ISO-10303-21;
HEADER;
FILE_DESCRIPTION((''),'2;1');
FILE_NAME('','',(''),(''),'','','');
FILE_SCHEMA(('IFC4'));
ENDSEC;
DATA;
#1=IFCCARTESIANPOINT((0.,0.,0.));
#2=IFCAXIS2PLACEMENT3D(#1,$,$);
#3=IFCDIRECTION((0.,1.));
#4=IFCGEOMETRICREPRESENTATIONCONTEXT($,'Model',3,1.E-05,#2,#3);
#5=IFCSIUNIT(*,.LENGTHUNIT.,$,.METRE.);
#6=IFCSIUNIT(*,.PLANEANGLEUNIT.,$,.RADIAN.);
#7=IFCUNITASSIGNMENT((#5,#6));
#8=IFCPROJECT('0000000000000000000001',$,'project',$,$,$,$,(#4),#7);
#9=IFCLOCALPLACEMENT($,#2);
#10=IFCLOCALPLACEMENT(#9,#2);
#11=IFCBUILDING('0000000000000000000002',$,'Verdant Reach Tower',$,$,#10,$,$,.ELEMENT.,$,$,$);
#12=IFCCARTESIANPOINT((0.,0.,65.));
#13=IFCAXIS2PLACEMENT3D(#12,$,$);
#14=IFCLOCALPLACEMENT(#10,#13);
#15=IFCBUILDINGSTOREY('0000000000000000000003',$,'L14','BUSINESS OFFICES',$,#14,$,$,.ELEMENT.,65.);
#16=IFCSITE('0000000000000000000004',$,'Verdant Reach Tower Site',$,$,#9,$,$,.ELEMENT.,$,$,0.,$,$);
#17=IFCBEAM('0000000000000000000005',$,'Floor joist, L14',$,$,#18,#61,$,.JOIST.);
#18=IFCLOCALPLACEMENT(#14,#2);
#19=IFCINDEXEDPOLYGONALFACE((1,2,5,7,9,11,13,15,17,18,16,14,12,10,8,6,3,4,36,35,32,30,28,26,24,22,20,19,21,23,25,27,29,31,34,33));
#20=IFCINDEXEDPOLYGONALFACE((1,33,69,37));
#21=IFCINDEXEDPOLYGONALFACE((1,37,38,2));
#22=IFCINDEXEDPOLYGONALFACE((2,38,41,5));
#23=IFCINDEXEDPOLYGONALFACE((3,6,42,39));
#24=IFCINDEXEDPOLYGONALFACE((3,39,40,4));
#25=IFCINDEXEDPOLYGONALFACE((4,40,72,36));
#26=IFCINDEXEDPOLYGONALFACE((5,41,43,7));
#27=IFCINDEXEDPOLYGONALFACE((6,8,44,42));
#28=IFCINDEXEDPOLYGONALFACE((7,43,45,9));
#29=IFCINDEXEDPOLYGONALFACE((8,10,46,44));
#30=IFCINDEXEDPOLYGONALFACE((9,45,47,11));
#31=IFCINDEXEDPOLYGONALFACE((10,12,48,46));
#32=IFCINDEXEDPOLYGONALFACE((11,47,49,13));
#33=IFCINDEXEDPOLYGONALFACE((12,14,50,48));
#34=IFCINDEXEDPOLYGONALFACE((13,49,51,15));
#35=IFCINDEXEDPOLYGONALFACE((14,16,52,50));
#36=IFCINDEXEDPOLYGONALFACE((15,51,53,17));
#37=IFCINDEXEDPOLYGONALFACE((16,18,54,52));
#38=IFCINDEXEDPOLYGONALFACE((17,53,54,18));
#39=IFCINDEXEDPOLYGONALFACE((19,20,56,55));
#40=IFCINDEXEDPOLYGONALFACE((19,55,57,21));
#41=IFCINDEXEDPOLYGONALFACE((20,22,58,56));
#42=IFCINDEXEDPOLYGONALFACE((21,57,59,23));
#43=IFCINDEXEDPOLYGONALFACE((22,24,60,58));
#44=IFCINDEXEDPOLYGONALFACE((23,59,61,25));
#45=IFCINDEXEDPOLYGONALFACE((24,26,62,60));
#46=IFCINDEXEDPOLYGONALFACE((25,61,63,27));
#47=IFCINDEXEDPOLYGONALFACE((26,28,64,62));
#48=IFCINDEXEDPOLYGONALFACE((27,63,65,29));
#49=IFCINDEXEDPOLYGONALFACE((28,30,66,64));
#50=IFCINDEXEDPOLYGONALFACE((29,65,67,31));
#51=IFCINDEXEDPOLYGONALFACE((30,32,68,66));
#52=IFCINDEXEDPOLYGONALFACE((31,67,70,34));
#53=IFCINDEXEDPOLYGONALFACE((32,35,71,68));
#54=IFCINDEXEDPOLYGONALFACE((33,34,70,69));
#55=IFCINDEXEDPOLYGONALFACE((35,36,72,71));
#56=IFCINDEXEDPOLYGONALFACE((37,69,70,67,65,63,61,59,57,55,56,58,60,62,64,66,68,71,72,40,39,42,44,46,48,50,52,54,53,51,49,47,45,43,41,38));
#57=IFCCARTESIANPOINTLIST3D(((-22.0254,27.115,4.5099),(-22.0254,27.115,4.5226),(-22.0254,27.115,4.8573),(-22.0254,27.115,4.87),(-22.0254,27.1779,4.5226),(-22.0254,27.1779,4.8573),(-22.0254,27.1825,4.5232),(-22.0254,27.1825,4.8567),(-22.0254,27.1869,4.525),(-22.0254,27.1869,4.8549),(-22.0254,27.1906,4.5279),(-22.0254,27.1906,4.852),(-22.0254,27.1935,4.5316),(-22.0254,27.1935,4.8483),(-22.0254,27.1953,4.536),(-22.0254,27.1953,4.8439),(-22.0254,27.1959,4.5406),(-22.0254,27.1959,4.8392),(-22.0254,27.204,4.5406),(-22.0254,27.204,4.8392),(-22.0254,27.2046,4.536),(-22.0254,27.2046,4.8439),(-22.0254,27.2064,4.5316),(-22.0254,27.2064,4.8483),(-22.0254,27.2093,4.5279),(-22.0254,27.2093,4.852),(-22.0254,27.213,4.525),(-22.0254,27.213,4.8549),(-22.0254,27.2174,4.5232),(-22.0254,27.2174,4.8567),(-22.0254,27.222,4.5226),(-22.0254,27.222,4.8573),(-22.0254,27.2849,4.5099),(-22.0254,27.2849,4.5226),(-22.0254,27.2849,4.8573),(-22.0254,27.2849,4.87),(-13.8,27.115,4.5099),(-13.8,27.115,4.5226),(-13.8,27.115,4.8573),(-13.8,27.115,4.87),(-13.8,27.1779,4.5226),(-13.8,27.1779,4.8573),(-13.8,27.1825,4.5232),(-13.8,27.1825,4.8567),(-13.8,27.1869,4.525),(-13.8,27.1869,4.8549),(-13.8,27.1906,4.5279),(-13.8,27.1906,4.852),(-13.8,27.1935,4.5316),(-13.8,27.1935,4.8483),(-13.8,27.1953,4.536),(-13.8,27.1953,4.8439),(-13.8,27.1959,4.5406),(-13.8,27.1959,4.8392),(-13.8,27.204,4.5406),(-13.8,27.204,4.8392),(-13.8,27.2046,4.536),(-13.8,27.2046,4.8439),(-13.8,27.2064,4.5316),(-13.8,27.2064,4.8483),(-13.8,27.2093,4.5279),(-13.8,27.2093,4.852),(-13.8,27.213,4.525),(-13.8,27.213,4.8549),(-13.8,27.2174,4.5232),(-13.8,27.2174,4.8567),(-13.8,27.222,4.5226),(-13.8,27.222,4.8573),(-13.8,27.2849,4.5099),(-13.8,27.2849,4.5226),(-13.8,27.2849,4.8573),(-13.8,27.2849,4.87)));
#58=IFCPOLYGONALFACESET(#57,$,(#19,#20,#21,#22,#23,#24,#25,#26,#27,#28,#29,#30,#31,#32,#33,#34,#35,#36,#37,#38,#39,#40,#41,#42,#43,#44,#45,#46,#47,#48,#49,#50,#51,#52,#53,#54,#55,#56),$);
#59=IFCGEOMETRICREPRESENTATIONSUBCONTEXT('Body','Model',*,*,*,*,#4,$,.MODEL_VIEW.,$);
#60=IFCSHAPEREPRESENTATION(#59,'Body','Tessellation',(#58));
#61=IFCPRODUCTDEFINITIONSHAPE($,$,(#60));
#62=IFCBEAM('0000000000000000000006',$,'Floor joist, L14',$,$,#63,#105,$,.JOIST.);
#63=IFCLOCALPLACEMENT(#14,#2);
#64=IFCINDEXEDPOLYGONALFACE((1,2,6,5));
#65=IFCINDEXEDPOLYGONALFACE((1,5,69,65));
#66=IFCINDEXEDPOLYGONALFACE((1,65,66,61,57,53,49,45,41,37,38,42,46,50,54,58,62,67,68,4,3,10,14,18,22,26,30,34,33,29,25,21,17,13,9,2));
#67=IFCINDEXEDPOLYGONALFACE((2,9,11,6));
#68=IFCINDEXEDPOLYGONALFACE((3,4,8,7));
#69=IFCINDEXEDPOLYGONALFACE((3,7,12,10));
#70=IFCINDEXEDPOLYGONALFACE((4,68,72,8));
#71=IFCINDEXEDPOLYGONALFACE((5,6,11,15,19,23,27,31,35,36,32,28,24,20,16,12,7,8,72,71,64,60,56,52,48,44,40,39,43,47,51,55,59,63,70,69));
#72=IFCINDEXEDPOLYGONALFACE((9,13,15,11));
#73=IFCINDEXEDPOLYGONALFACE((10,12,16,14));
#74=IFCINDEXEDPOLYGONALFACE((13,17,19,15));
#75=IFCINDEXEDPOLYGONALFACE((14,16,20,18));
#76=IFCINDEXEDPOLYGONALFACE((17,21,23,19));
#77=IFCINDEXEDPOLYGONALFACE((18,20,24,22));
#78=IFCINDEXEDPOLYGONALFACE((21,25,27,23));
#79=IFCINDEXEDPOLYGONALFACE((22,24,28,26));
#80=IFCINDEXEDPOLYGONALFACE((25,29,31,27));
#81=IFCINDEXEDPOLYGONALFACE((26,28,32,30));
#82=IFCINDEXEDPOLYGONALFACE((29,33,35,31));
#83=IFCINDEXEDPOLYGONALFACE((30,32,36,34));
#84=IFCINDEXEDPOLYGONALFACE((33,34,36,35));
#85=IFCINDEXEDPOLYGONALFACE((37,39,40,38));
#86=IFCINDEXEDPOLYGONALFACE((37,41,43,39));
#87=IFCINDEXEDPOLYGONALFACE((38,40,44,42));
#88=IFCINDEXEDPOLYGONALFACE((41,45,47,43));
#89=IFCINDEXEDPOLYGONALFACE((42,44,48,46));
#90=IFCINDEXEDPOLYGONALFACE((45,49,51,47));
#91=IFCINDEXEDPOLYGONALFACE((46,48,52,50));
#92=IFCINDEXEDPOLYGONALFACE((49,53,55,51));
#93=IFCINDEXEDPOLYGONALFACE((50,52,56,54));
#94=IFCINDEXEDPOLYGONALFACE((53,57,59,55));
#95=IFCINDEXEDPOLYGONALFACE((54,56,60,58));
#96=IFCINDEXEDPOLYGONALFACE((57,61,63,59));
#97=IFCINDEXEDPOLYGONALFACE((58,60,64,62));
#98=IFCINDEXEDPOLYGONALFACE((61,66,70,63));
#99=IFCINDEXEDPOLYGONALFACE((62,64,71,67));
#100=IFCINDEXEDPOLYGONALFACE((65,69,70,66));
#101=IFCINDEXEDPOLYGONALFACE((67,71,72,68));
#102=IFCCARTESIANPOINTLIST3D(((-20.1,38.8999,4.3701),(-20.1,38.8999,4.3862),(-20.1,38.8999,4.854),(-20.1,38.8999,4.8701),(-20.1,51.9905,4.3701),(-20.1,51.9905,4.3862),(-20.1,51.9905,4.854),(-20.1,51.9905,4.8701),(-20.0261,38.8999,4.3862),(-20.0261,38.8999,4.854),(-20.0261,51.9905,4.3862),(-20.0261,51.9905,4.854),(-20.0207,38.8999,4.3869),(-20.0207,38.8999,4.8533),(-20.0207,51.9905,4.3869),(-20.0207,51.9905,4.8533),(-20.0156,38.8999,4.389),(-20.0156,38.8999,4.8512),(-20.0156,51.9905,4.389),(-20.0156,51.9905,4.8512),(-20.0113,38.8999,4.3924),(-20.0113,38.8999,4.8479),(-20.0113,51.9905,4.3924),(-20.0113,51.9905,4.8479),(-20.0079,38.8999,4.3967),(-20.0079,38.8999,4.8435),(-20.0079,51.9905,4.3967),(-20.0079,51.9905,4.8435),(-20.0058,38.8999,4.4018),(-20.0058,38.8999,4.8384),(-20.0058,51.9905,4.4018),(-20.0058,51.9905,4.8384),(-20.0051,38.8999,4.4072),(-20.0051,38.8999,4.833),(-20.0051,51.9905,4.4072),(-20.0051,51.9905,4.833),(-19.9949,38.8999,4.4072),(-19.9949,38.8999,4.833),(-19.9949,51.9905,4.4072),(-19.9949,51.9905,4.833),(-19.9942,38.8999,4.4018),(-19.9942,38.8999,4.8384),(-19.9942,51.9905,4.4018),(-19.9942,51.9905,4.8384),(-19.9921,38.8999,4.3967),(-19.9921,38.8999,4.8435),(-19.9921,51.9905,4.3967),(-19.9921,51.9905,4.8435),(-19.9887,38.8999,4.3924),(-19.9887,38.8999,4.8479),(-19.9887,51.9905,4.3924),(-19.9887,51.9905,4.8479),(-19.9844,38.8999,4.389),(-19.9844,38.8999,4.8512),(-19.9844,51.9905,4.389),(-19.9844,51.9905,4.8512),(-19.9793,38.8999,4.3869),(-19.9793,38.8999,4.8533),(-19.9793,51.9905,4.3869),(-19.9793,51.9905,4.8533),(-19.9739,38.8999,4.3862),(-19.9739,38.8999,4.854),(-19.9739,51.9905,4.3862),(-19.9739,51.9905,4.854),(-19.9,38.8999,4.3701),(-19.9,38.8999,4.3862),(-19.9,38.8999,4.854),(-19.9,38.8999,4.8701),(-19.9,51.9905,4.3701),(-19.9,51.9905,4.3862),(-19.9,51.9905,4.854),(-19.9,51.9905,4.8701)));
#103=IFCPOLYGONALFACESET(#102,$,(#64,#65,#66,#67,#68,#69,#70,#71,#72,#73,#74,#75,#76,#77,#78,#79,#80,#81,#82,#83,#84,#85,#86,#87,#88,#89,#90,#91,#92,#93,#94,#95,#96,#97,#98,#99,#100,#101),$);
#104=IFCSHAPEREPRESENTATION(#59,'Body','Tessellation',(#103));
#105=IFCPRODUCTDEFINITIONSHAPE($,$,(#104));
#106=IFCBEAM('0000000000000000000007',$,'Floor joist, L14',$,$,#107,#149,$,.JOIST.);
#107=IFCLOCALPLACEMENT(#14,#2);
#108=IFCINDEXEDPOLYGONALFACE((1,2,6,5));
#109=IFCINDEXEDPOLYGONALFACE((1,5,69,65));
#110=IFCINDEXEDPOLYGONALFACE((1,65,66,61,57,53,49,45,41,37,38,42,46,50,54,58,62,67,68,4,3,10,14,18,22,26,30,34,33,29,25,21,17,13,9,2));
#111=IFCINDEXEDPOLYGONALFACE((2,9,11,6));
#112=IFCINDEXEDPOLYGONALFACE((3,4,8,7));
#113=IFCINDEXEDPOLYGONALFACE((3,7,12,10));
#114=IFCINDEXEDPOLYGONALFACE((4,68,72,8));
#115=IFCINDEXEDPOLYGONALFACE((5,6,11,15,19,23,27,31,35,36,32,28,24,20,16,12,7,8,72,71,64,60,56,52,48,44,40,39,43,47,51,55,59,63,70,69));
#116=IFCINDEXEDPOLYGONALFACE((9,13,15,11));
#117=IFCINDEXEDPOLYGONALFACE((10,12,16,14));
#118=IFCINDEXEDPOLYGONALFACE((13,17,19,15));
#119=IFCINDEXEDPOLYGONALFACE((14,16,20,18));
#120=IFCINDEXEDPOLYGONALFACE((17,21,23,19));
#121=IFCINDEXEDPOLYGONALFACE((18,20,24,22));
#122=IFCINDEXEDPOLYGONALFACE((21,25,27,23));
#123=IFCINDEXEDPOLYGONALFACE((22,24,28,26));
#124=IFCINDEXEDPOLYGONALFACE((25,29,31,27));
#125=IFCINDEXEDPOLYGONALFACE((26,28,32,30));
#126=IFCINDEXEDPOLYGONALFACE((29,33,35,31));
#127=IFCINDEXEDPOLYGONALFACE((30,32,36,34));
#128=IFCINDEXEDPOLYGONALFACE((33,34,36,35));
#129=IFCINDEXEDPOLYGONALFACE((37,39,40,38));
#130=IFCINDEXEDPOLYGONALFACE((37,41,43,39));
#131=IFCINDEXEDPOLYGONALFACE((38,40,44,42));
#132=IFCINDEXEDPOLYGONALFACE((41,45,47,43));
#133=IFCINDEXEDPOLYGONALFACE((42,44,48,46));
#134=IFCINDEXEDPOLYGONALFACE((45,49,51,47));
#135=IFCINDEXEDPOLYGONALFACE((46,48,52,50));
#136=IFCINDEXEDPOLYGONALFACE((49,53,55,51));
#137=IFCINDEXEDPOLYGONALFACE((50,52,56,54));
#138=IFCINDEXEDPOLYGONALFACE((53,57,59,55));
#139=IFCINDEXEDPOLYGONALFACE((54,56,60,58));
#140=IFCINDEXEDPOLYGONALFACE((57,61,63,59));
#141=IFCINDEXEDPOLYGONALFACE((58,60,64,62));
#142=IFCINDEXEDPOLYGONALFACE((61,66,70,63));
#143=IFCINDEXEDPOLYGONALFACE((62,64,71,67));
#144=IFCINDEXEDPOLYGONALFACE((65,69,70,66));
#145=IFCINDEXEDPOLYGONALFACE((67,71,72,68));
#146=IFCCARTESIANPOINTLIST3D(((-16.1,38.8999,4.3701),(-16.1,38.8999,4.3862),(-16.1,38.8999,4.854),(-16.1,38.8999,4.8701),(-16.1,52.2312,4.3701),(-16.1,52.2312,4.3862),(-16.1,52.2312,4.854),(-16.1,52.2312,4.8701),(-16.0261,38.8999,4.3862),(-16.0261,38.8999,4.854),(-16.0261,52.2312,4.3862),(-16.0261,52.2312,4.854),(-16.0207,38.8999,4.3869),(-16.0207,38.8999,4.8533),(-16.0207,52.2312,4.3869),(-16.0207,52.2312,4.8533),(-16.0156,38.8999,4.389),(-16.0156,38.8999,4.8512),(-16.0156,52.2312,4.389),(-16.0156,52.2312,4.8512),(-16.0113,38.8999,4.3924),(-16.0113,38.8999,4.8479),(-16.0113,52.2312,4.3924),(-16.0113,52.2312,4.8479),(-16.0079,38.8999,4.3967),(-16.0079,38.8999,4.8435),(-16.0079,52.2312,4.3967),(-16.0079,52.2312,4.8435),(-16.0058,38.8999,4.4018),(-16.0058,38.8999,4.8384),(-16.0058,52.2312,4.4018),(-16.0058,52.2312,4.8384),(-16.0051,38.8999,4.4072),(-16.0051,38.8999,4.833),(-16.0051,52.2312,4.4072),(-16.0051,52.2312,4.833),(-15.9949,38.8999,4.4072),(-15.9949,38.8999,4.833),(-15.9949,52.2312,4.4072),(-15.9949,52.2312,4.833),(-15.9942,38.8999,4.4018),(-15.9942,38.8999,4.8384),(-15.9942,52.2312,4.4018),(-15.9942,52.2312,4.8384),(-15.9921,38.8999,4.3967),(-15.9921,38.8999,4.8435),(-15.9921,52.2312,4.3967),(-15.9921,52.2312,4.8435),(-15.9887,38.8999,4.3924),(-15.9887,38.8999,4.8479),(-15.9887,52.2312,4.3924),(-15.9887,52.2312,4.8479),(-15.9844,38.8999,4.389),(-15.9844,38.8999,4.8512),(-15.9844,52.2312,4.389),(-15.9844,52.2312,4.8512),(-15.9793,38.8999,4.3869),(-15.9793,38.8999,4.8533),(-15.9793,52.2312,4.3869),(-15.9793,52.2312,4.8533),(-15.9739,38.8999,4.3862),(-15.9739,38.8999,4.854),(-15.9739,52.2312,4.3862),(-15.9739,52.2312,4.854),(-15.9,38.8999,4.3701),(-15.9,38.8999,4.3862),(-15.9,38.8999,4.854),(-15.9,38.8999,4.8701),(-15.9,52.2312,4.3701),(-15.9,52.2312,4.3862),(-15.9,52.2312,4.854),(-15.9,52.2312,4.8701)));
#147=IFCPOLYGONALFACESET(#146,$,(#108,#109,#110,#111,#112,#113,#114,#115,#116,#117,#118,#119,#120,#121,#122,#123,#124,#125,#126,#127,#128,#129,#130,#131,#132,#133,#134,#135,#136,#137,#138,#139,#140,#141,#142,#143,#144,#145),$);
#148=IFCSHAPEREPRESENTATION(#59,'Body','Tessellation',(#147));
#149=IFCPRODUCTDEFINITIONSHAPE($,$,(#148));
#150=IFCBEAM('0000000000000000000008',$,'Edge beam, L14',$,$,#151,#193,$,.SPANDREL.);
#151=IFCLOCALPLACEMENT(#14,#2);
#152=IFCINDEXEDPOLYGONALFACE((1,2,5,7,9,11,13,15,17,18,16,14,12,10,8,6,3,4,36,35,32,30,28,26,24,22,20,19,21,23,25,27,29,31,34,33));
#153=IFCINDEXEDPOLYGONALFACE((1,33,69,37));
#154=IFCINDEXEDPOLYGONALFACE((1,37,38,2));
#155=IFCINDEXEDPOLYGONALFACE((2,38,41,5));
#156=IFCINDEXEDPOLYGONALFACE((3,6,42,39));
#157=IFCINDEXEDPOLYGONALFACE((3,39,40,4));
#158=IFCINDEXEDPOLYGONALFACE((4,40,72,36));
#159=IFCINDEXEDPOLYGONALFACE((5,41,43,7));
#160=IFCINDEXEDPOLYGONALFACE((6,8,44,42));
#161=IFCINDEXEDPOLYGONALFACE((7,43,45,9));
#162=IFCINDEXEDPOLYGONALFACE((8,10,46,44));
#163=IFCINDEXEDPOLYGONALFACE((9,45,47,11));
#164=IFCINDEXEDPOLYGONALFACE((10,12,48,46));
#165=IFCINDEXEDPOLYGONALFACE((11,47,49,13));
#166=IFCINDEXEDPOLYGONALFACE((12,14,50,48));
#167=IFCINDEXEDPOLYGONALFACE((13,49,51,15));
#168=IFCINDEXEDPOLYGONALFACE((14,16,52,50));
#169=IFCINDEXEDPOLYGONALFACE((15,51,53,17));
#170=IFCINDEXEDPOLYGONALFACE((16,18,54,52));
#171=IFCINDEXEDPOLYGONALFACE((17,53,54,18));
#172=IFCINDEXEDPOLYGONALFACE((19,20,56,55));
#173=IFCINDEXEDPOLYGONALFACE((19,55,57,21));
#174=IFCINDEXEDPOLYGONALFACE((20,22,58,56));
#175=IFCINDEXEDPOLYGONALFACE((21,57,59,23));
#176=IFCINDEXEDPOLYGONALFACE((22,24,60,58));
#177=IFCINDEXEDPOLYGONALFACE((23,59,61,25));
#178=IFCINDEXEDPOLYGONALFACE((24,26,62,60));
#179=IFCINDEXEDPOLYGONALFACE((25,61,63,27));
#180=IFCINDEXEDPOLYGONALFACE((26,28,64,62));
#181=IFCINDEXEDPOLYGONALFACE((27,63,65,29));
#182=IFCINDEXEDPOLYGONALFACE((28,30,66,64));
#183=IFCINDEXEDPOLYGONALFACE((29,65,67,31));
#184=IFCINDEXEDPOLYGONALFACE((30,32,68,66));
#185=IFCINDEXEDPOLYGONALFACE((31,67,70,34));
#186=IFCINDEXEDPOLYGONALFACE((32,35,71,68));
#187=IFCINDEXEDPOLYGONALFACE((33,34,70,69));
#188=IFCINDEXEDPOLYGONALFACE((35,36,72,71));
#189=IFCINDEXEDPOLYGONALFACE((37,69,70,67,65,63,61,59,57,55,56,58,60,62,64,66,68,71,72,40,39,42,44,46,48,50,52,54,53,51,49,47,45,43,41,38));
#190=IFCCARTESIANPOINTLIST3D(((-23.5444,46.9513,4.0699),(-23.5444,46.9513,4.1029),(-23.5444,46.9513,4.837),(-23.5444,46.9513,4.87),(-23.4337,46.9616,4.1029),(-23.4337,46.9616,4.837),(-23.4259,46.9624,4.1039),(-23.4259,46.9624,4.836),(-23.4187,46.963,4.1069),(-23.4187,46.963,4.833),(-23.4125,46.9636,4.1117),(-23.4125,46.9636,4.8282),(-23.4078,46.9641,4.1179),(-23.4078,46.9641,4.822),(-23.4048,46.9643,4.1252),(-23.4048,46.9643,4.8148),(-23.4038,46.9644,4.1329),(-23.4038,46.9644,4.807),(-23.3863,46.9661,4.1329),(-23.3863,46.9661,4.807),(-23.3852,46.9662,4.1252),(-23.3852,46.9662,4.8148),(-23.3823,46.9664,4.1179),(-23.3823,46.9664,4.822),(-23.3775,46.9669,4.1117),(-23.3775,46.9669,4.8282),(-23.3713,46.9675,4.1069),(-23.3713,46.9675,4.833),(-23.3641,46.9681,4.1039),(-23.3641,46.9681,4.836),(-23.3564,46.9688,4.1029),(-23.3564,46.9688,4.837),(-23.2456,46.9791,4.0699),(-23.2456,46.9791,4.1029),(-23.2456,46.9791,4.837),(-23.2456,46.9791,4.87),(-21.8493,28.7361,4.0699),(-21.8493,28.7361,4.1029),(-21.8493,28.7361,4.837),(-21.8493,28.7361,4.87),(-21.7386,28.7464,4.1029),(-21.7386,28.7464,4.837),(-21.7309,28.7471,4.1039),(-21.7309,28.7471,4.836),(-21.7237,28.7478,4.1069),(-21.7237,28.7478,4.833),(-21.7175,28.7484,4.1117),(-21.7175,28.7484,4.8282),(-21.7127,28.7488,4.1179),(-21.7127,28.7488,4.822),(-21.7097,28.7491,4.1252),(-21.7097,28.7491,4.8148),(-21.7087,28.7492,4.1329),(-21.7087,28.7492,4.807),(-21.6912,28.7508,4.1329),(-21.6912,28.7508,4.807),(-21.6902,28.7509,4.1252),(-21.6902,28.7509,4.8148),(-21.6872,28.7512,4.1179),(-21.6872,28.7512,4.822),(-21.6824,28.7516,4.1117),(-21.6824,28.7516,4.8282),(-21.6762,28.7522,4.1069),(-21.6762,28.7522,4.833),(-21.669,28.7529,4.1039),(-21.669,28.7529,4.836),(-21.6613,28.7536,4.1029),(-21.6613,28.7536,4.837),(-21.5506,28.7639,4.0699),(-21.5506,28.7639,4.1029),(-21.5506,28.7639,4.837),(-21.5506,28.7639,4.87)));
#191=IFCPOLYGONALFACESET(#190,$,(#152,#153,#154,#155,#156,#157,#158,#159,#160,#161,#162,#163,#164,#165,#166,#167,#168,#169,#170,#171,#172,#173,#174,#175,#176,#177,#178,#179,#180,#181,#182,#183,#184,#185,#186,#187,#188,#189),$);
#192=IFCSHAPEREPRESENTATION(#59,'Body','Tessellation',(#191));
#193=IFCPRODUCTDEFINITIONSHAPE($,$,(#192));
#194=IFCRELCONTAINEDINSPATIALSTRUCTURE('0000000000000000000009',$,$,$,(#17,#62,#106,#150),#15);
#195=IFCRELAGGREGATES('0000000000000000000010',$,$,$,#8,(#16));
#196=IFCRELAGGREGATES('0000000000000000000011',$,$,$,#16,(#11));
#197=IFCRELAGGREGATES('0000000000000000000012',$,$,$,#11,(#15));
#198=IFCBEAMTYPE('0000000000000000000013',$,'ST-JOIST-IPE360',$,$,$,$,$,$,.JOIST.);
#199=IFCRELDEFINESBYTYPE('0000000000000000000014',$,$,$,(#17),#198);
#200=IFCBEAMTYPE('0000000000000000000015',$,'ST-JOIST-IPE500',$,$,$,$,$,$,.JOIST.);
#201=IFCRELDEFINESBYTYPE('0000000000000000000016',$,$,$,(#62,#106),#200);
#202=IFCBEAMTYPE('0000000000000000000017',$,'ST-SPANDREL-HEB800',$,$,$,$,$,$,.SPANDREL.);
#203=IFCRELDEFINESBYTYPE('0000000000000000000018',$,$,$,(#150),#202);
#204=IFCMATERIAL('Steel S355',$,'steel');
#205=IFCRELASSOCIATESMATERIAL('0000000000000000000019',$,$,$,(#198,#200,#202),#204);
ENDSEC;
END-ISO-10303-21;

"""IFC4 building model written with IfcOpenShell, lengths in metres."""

from ifc_helpers import new_model, si_unit, direction, frame, origin, origin_2d, place, context, subcontext, project, spatial, i_section, extrude, material, material_profile, profile_set, type_object, element, save


model = new_model("IFC4")

# Units and contexts
model_context = context("Model", 3, precision=1e-05, world=origin(), true_north=direction((0.0, 1.0)))
body_context = subcontext(model_context, "Body", "Model", "MODEL_VIEW")
ifc_project = project(units=[si_unit("LENGTHUNIT", "METRE"), si_unit("PLANEANGLEUNIT", "RADIAN")], contexts=[model_context])

# Site, building, storey
site_placement = place(None, origin())
site = spatial("IfcSite", under=ifc_project, at=site_placement, Name="Verdant Reach Tower Site", CompositionType="ELEMENT", RefElevation=0.0)
building_placement = place(site_placement, origin())
building = spatial("IfcBuilding", under=site, at=building_placement, Name="Verdant Reach Tower", CompositionType="ELEMENT")
storey_placement = place(building_placement, frame((0.0, 0.0, 65.0)))
storey = spatial("IfcBuildingStorey", under=building, at=storey_placement, Name="L14", Description="BUSINESS OFFICES", CompositionType="ELEMENT", Elevation=65.0)

# Beams
ifc_material_1 = material(Name="Steel S355", Category="steel")
ifc_material_profile_1 = material_profile(ifc_material_1, i_section(OverallWidth=0.1699, OverallDepth=0.3601, WebThickness=0.0081, FlangeThickness=0.0127, FilletRadius=0.0181, at=origin_2d()), Name="IPE 360")
ifc_profile_set_1 = profile_set([ifc_material_profile_1], Name="Steel S355")
beam_type_1 = type_object("IfcBeamType", Name="ST-JOIST-IPE360", PredefinedType="JOIST", material=ifc_profile_set_1)
beam_1_placement = place(storey_placement, frame((-13.8, 27.2, 4.6899), z_axis=(-1.0, 0.0, 0.0), x_axis=(0.0, -1.0, 0.0)))
element("IfcBeam", 1, at=beam_1_placement, inside=storey, type_object=beam_type_1, Name="Floor joist, L14", PredefinedType="JOIST", context=body_context, shape_type="SweptSolid", body=[
    extrude(i_section(OverallWidth=0.1699, OverallDepth=0.3601, WebThickness=0.0081, FlangeThickness=0.0127, FilletRadius=0.0181, at=origin_2d()), origin(), (0.0, 0.0, 1.0), 8.2253),
])
ifc_material_profile_2 = material_profile(ifc_material_1, i_section(OverallWidth=0.2, OverallDepth=0.5, WebThickness=0.0103, FlangeThickness=0.0161, FilletRadius=0.021, at=origin_2d()), Name="IPE 500")
ifc_profile_set_2 = profile_set([ifc_material_profile_2], Name="Steel S355")
beam_type_2 = type_object("IfcBeamType", Name="ST-JOIST-IPE500", PredefinedType="JOIST", material=ifc_profile_set_2)
beam_2_placement = place(storey_placement, frame((-20.0, 38.8999, 4.6201), z_axis=(0.0, 1.0, 0.0), x_axis=(-1.0, 0.0, 0.0)))
element("IfcBeam", 2, at=beam_2_placement, inside=storey, type_object=beam_type_2, Name="Floor joist, L14", PredefinedType="JOIST", context=body_context, shape_type="SweptSolid", body=[
    extrude(i_section(OverallWidth=0.2, OverallDepth=0.5, WebThickness=0.0103, FlangeThickness=0.0161, FilletRadius=0.021, at=origin_2d()), origin(), (0.0, 0.0, 1.0), 13.0906),
])
beam_3_placement = place(storey_placement, frame((-16.0, 38.8999, 4.6201), z_axis=(0.0, 1.0, 0.0), x_axis=(-1.0, 0.0, 0.0)))
element("IfcBeam", 3, at=beam_3_placement, inside=storey, type_object=beam_type_2, Name="Floor joist, L14", PredefinedType="JOIST", context=body_context, shape_type="SweptSolid", body=[
    extrude(i_section(OverallWidth=0.2, OverallDepth=0.5, WebThickness=0.0103, FlangeThickness=0.0161, FilletRadius=0.021, at=origin_2d()), origin(), (0.0, 0.0, 1.0), 13.3313),
])
ifc_material_profile_3 = material_profile(ifc_material_1, i_section(OverallWidth=0.3, OverallDepth=0.8, WebThickness=0.0176, FlangeThickness=0.033, FilletRadius=0.03, at=origin_2d()), Name="HEB 800")
ifc_profile_set_3 = profile_set([ifc_material_profile_3], Name="Steel S355")
beam_type_3 = type_object("IfcBeamType", Name="ST-SPANDREL-HEB800", PredefinedType="SPANDREL", material=ifc_profile_set_3)
beam_4_placement = place(storey_placement, frame((-21.7, 28.75, 4.47), z_axis=(-0.092657, 0.995698, 0.0), x_axis=(-0.995698, -0.092657, 0.0)))
element("IfcBeam", 4, at=beam_4_placement, inside=storey, type_object=beam_type_3, Name="Edge beam, L14", PredefinedType="SPANDREL", context=body_context, shape_type="SweptSolid", body=[
    extrude(i_section(OverallWidth=0.3, OverallDepth=0.8, WebThickness=0.0176, FlangeThickness=0.033, FilletRadius=0.03, at=origin_2d()), origin(), (0.0, 0.0, 1.0), 18.2939),
])

save(model, "model.ifc")
